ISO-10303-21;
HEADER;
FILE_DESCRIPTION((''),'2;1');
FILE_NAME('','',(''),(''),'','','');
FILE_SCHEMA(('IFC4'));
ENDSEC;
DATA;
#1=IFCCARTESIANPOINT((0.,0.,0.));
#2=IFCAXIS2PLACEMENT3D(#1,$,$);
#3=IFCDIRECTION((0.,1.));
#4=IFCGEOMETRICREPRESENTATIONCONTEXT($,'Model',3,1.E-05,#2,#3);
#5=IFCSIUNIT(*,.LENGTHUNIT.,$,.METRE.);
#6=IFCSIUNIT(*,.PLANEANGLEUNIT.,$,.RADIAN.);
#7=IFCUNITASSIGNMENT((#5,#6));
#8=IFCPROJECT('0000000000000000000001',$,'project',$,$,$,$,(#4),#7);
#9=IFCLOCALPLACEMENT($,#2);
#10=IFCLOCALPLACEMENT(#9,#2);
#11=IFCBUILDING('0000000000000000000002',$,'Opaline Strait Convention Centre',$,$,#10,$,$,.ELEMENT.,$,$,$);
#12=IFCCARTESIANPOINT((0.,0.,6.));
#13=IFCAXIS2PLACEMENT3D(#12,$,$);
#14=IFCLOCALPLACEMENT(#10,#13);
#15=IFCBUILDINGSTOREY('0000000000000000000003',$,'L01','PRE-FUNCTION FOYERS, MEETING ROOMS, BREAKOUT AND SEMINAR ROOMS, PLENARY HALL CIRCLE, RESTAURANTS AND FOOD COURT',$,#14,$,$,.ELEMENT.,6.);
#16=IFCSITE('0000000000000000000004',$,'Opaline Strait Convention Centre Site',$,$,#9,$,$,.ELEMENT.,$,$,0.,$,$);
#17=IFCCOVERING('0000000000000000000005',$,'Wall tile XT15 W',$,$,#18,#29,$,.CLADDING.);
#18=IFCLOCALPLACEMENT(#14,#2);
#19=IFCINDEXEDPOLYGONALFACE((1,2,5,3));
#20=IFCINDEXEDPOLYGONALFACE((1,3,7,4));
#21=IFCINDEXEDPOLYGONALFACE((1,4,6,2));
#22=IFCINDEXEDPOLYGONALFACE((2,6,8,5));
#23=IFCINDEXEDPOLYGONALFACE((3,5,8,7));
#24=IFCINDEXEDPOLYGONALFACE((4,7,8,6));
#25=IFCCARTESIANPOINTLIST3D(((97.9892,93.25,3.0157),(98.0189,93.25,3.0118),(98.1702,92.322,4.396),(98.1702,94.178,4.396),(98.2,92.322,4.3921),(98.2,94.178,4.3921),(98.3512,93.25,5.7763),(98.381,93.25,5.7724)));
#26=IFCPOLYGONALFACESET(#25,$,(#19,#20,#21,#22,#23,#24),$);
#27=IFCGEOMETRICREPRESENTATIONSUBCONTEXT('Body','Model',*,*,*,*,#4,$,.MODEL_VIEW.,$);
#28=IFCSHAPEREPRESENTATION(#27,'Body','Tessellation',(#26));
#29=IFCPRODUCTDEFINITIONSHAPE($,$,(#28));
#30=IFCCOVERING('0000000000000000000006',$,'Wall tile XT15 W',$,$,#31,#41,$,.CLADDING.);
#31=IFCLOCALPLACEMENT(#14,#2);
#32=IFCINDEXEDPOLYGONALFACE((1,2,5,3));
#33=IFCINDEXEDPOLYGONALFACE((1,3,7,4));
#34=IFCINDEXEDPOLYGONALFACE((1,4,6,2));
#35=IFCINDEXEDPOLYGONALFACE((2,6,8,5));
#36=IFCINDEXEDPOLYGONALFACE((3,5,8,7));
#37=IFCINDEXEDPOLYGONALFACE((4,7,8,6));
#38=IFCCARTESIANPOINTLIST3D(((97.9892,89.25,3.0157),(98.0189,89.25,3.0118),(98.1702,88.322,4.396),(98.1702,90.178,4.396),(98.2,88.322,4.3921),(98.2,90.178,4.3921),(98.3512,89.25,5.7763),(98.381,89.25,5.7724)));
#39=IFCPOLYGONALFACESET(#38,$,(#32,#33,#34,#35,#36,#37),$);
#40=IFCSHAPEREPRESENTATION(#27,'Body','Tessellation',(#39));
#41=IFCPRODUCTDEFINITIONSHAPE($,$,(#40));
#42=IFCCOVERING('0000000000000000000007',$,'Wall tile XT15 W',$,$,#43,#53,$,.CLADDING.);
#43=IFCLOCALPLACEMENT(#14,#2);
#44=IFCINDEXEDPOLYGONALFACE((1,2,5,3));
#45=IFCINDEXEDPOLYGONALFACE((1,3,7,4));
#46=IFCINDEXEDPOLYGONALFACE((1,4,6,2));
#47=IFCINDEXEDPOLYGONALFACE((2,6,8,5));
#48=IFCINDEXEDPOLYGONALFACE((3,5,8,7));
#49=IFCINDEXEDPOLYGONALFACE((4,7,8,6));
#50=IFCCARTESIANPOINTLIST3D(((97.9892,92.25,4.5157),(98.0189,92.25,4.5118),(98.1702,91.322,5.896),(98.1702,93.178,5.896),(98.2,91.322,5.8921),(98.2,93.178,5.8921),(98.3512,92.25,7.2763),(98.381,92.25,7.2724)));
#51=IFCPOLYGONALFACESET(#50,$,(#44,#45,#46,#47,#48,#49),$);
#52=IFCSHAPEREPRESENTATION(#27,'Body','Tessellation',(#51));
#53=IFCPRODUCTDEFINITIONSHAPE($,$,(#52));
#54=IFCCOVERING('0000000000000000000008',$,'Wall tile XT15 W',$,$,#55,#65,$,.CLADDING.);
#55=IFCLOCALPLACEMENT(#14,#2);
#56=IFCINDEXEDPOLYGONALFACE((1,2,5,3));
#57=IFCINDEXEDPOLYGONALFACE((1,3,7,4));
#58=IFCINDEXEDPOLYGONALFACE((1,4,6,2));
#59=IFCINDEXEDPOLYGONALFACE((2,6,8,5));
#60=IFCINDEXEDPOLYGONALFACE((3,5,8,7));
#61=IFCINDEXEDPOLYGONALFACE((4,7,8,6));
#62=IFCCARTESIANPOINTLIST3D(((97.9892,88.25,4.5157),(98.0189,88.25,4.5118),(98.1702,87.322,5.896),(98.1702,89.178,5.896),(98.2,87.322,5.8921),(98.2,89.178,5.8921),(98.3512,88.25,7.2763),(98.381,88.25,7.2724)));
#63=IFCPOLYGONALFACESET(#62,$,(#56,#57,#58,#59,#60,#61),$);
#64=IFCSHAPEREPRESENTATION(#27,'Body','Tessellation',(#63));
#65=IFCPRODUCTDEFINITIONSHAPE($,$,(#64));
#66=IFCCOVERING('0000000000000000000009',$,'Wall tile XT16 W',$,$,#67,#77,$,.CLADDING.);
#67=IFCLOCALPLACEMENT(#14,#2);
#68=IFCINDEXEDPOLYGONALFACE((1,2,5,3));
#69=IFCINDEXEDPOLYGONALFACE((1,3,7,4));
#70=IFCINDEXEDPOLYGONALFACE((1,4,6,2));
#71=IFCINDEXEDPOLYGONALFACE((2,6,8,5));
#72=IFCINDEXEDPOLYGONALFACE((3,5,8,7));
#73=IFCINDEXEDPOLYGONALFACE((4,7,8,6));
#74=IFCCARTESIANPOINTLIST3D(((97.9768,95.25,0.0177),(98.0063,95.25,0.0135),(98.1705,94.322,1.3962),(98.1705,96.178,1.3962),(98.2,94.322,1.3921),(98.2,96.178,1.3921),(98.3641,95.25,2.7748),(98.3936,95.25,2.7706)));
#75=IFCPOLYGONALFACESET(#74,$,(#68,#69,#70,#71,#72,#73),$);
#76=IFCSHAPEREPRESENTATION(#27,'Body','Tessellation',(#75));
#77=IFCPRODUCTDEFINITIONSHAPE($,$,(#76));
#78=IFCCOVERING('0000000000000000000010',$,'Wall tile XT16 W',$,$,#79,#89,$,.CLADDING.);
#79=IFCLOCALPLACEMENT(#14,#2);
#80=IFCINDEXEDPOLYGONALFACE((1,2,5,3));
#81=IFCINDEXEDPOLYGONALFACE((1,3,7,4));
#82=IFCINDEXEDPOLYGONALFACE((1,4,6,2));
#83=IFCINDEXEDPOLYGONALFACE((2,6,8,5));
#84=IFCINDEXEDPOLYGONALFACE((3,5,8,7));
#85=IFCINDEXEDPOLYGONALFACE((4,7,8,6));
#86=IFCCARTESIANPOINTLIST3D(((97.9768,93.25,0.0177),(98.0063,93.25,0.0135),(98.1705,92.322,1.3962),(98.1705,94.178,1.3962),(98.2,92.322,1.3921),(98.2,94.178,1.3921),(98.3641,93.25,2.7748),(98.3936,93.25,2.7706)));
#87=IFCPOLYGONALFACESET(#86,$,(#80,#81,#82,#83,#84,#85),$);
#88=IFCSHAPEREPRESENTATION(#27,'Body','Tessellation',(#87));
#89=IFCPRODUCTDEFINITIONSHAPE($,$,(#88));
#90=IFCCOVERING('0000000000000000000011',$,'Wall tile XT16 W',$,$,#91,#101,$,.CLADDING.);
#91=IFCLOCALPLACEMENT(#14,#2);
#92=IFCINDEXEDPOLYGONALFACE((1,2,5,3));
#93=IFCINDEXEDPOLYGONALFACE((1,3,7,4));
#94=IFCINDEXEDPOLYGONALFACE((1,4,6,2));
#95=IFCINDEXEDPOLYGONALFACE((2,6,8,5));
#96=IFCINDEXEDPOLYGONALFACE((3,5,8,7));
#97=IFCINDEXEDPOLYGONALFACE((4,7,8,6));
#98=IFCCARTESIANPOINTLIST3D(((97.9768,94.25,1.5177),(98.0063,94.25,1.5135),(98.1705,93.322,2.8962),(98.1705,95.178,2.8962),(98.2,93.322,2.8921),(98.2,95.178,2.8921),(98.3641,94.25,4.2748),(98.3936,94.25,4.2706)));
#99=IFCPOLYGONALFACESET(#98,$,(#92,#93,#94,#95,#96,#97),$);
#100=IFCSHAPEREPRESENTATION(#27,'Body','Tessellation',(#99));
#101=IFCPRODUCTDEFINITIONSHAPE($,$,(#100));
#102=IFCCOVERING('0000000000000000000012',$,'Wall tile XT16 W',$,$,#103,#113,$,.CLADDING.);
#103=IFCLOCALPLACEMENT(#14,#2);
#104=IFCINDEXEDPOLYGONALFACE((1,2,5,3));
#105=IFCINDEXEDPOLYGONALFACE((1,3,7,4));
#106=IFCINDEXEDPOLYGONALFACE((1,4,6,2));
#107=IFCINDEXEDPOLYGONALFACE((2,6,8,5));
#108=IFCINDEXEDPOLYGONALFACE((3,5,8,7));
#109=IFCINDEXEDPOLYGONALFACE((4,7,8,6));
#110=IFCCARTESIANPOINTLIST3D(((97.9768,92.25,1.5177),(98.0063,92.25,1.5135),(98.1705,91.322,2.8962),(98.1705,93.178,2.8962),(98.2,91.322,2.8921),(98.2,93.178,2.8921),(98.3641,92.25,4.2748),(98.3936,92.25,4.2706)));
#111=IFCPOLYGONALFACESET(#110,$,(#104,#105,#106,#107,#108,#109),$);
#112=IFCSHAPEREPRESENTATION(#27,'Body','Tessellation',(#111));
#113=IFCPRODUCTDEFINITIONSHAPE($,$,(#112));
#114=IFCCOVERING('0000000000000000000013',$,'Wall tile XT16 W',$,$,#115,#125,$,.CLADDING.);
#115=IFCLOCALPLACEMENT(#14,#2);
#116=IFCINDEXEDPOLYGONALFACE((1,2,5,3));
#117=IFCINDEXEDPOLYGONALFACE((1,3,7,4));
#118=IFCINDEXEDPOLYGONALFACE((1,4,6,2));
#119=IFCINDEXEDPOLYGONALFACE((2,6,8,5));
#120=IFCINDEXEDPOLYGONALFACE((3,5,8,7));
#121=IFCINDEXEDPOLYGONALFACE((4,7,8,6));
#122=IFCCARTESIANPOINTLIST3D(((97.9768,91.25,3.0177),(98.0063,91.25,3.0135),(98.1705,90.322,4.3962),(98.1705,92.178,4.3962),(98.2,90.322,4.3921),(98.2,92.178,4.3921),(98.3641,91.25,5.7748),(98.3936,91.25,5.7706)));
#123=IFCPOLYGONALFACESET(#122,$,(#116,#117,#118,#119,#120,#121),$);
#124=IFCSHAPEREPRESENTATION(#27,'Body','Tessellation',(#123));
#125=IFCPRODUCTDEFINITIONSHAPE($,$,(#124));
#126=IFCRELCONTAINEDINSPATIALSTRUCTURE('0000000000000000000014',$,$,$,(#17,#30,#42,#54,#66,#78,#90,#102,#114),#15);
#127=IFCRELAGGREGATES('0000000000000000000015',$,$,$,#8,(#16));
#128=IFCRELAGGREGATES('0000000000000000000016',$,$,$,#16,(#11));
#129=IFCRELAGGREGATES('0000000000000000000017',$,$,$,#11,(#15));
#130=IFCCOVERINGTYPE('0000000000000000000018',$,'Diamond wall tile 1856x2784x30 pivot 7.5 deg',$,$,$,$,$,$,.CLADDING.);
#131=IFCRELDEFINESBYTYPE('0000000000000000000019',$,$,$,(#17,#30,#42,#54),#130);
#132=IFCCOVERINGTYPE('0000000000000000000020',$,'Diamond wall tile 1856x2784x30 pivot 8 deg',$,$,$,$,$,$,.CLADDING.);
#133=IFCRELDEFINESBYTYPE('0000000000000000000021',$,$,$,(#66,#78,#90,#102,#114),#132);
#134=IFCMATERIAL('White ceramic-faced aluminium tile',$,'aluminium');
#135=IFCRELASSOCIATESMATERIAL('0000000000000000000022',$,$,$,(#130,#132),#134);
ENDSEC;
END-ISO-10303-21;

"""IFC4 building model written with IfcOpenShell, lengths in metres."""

from ifc_helpers import new_model, si_unit, direction, frame, origin, place, context, subcontext, project, spatial, polyline, outline, extrude, material, material_profile, profile_set, type_object, element, save


model = new_model("IFC4")

# Units and contexts
model_context = context("Model", 3, precision=1e-05, world=origin(), true_north=direction((0.0, 1.0)))
body_context = subcontext(model_context, "Body", "Model", "MODEL_VIEW")
ifc_project = project(units=[si_unit("LENGTHUNIT", "METRE"), si_unit("PLANEANGLEUNIT", "RADIAN")], contexts=[model_context])

# Site, building, storey
site_placement = place(None, origin())
site = spatial("IfcSite", under=ifc_project, at=site_placement, Name="Opaline Strait Convention Centre Site", CompositionType="ELEMENT", RefElevation=0.0)
building_placement = place(site_placement, origin())
building = spatial("IfcBuilding", under=site, at=building_placement, Name="Opaline Strait Convention Centre", CompositionType="ELEMENT")
storey_placement = place(building_placement, frame((0.0, 0.0, 6.0)))
storey = spatial("IfcBuildingStorey", under=building, at=storey_placement, Name="L01", Description="PRE-FUNCTION FOYERS, MEETING ROOMS, BREAKOUT AND SEMINAR ROOMS, PLENARY HALL CIRCLE, RESTAURANTS AND FOOD COURT", CompositionType="ELEMENT", Elevation=6.0)

# Coverings
ifc_material = material(Name="White ceramic-faced aluminium tile", Category="aluminium")
ifc_material_profile_1 = material_profile(ifc_material, outline(polyline([(0.928, 0.0), (0.0, 1.3921), (-0.928, 0.0), (0.0, -1.3921), (0.928, 0.0)])), Name="Diamond tile 1856x2784")
ifc_profile_set_1 = profile_set([ifc_material_profile_1], Name="White ceramic-faced aluminium tile")
covering_type_1 = type_object("IfcCoveringType", Name="Diamond wall tile 1856x2784x30 pivot 7.5 deg", PredefinedType="CLADDING", material=ifc_profile_set_1)
for number, where, z_axis, x_axis, name in (
    (1, (98.2, 93.25, 4.3921), (-0.99151, 0.0, 0.130034), (0.0, -1.0, 0.0), "Wall tile XT15 W"),
    (2, (98.2, 89.25, 4.3921), (-0.99151, 0.0, 0.130034), (0.0, -1.0, 0.0), "Wall tile XT15 W"),
    (3, (98.2, 92.25, 5.8921), (-0.99151, 0.0, 0.130034), (0.0, -1.0, 0.0), "Wall tile XT15 W"),
    (4, (98.2, 88.25, 5.8921), (-0.99151, 0.0, 0.130034), (0.0, -1.0, 0.0), "Wall tile XT15 W"),
):
    element("IfcCovering", number, at=place(storey_placement, frame(where, z_axis=z_axis, x_axis=x_axis)), inside=storey, type_object=covering_type_1, Name=name, PredefinedType="CLADDING", context=body_context, shape_type="SweptSolid", body=[
        extrude(outline(polyline([(0.928, 0.0), (0.0, 1.3921), (-0.928, 0.0), (0.0, -1.3921), (0.928, 0.0)])), origin(), (0.0, 0.0, 1.0), 0.03),
    ])
ifc_material_profile_2 = material_profile(ifc_material, outline(polyline([(0.928, 0.0), (0.0, 1.3921), (-0.928, 0.0), (0.0, -1.3921), (0.928, 0.0)])), Name="Diamond tile 1856x2784")
ifc_profile_set_2 = profile_set([ifc_material_profile_2], Name="White ceramic-faced aluminium tile")
covering_type_2 = type_object("IfcCoveringType", Name="Diamond wall tile 1856x2784x30 pivot 8 deg", PredefinedType="CLADDING", material=ifc_profile_set_2)
for number, where, z_axis, x_axis, name in (
    (5, (98.2, 95.25, 1.3921), (-0.990274, 0.0, 0.139129), (0.0, -1.0, 0.0), "Wall tile XT16 W"),
    (6, (98.2, 93.25, 1.3921), (-0.990274, 0.0, 0.139129), (0.0, -1.0, 0.0), "Wall tile XT16 W"),
    (7, (98.2, 94.25, 2.8921), (-0.990274, 0.0, 0.139129), (0.0, -1.0, 0.0), "Wall tile XT16 W"),
    (8, (98.2, 92.25, 2.8921), (-0.990274, 0.0, 0.139129), (0.0, -1.0, 0.0), "Wall tile XT16 W"),
    (9, (98.2, 91.25, 4.3921), (-0.990274, 0.0, 0.139129), (0.0, -1.0, 0.0), "Wall tile XT16 W"),
):
    element("IfcCovering", number, at=place(storey_placement, frame(where, z_axis=z_axis, x_axis=x_axis)), inside=storey, type_object=covering_type_2, Name=name, PredefinedType="CLADDING", context=body_context, shape_type="SweptSolid", body=[
        extrude(outline(polyline([(0.928, 0.0), (0.0, 1.3921), (-0.928, 0.0), (0.0, -1.3921), (0.928, 0.0)])), origin(), (0.0, 0.0, 1.0), 0.0298),
    ])

save(model, "model.ifc")
